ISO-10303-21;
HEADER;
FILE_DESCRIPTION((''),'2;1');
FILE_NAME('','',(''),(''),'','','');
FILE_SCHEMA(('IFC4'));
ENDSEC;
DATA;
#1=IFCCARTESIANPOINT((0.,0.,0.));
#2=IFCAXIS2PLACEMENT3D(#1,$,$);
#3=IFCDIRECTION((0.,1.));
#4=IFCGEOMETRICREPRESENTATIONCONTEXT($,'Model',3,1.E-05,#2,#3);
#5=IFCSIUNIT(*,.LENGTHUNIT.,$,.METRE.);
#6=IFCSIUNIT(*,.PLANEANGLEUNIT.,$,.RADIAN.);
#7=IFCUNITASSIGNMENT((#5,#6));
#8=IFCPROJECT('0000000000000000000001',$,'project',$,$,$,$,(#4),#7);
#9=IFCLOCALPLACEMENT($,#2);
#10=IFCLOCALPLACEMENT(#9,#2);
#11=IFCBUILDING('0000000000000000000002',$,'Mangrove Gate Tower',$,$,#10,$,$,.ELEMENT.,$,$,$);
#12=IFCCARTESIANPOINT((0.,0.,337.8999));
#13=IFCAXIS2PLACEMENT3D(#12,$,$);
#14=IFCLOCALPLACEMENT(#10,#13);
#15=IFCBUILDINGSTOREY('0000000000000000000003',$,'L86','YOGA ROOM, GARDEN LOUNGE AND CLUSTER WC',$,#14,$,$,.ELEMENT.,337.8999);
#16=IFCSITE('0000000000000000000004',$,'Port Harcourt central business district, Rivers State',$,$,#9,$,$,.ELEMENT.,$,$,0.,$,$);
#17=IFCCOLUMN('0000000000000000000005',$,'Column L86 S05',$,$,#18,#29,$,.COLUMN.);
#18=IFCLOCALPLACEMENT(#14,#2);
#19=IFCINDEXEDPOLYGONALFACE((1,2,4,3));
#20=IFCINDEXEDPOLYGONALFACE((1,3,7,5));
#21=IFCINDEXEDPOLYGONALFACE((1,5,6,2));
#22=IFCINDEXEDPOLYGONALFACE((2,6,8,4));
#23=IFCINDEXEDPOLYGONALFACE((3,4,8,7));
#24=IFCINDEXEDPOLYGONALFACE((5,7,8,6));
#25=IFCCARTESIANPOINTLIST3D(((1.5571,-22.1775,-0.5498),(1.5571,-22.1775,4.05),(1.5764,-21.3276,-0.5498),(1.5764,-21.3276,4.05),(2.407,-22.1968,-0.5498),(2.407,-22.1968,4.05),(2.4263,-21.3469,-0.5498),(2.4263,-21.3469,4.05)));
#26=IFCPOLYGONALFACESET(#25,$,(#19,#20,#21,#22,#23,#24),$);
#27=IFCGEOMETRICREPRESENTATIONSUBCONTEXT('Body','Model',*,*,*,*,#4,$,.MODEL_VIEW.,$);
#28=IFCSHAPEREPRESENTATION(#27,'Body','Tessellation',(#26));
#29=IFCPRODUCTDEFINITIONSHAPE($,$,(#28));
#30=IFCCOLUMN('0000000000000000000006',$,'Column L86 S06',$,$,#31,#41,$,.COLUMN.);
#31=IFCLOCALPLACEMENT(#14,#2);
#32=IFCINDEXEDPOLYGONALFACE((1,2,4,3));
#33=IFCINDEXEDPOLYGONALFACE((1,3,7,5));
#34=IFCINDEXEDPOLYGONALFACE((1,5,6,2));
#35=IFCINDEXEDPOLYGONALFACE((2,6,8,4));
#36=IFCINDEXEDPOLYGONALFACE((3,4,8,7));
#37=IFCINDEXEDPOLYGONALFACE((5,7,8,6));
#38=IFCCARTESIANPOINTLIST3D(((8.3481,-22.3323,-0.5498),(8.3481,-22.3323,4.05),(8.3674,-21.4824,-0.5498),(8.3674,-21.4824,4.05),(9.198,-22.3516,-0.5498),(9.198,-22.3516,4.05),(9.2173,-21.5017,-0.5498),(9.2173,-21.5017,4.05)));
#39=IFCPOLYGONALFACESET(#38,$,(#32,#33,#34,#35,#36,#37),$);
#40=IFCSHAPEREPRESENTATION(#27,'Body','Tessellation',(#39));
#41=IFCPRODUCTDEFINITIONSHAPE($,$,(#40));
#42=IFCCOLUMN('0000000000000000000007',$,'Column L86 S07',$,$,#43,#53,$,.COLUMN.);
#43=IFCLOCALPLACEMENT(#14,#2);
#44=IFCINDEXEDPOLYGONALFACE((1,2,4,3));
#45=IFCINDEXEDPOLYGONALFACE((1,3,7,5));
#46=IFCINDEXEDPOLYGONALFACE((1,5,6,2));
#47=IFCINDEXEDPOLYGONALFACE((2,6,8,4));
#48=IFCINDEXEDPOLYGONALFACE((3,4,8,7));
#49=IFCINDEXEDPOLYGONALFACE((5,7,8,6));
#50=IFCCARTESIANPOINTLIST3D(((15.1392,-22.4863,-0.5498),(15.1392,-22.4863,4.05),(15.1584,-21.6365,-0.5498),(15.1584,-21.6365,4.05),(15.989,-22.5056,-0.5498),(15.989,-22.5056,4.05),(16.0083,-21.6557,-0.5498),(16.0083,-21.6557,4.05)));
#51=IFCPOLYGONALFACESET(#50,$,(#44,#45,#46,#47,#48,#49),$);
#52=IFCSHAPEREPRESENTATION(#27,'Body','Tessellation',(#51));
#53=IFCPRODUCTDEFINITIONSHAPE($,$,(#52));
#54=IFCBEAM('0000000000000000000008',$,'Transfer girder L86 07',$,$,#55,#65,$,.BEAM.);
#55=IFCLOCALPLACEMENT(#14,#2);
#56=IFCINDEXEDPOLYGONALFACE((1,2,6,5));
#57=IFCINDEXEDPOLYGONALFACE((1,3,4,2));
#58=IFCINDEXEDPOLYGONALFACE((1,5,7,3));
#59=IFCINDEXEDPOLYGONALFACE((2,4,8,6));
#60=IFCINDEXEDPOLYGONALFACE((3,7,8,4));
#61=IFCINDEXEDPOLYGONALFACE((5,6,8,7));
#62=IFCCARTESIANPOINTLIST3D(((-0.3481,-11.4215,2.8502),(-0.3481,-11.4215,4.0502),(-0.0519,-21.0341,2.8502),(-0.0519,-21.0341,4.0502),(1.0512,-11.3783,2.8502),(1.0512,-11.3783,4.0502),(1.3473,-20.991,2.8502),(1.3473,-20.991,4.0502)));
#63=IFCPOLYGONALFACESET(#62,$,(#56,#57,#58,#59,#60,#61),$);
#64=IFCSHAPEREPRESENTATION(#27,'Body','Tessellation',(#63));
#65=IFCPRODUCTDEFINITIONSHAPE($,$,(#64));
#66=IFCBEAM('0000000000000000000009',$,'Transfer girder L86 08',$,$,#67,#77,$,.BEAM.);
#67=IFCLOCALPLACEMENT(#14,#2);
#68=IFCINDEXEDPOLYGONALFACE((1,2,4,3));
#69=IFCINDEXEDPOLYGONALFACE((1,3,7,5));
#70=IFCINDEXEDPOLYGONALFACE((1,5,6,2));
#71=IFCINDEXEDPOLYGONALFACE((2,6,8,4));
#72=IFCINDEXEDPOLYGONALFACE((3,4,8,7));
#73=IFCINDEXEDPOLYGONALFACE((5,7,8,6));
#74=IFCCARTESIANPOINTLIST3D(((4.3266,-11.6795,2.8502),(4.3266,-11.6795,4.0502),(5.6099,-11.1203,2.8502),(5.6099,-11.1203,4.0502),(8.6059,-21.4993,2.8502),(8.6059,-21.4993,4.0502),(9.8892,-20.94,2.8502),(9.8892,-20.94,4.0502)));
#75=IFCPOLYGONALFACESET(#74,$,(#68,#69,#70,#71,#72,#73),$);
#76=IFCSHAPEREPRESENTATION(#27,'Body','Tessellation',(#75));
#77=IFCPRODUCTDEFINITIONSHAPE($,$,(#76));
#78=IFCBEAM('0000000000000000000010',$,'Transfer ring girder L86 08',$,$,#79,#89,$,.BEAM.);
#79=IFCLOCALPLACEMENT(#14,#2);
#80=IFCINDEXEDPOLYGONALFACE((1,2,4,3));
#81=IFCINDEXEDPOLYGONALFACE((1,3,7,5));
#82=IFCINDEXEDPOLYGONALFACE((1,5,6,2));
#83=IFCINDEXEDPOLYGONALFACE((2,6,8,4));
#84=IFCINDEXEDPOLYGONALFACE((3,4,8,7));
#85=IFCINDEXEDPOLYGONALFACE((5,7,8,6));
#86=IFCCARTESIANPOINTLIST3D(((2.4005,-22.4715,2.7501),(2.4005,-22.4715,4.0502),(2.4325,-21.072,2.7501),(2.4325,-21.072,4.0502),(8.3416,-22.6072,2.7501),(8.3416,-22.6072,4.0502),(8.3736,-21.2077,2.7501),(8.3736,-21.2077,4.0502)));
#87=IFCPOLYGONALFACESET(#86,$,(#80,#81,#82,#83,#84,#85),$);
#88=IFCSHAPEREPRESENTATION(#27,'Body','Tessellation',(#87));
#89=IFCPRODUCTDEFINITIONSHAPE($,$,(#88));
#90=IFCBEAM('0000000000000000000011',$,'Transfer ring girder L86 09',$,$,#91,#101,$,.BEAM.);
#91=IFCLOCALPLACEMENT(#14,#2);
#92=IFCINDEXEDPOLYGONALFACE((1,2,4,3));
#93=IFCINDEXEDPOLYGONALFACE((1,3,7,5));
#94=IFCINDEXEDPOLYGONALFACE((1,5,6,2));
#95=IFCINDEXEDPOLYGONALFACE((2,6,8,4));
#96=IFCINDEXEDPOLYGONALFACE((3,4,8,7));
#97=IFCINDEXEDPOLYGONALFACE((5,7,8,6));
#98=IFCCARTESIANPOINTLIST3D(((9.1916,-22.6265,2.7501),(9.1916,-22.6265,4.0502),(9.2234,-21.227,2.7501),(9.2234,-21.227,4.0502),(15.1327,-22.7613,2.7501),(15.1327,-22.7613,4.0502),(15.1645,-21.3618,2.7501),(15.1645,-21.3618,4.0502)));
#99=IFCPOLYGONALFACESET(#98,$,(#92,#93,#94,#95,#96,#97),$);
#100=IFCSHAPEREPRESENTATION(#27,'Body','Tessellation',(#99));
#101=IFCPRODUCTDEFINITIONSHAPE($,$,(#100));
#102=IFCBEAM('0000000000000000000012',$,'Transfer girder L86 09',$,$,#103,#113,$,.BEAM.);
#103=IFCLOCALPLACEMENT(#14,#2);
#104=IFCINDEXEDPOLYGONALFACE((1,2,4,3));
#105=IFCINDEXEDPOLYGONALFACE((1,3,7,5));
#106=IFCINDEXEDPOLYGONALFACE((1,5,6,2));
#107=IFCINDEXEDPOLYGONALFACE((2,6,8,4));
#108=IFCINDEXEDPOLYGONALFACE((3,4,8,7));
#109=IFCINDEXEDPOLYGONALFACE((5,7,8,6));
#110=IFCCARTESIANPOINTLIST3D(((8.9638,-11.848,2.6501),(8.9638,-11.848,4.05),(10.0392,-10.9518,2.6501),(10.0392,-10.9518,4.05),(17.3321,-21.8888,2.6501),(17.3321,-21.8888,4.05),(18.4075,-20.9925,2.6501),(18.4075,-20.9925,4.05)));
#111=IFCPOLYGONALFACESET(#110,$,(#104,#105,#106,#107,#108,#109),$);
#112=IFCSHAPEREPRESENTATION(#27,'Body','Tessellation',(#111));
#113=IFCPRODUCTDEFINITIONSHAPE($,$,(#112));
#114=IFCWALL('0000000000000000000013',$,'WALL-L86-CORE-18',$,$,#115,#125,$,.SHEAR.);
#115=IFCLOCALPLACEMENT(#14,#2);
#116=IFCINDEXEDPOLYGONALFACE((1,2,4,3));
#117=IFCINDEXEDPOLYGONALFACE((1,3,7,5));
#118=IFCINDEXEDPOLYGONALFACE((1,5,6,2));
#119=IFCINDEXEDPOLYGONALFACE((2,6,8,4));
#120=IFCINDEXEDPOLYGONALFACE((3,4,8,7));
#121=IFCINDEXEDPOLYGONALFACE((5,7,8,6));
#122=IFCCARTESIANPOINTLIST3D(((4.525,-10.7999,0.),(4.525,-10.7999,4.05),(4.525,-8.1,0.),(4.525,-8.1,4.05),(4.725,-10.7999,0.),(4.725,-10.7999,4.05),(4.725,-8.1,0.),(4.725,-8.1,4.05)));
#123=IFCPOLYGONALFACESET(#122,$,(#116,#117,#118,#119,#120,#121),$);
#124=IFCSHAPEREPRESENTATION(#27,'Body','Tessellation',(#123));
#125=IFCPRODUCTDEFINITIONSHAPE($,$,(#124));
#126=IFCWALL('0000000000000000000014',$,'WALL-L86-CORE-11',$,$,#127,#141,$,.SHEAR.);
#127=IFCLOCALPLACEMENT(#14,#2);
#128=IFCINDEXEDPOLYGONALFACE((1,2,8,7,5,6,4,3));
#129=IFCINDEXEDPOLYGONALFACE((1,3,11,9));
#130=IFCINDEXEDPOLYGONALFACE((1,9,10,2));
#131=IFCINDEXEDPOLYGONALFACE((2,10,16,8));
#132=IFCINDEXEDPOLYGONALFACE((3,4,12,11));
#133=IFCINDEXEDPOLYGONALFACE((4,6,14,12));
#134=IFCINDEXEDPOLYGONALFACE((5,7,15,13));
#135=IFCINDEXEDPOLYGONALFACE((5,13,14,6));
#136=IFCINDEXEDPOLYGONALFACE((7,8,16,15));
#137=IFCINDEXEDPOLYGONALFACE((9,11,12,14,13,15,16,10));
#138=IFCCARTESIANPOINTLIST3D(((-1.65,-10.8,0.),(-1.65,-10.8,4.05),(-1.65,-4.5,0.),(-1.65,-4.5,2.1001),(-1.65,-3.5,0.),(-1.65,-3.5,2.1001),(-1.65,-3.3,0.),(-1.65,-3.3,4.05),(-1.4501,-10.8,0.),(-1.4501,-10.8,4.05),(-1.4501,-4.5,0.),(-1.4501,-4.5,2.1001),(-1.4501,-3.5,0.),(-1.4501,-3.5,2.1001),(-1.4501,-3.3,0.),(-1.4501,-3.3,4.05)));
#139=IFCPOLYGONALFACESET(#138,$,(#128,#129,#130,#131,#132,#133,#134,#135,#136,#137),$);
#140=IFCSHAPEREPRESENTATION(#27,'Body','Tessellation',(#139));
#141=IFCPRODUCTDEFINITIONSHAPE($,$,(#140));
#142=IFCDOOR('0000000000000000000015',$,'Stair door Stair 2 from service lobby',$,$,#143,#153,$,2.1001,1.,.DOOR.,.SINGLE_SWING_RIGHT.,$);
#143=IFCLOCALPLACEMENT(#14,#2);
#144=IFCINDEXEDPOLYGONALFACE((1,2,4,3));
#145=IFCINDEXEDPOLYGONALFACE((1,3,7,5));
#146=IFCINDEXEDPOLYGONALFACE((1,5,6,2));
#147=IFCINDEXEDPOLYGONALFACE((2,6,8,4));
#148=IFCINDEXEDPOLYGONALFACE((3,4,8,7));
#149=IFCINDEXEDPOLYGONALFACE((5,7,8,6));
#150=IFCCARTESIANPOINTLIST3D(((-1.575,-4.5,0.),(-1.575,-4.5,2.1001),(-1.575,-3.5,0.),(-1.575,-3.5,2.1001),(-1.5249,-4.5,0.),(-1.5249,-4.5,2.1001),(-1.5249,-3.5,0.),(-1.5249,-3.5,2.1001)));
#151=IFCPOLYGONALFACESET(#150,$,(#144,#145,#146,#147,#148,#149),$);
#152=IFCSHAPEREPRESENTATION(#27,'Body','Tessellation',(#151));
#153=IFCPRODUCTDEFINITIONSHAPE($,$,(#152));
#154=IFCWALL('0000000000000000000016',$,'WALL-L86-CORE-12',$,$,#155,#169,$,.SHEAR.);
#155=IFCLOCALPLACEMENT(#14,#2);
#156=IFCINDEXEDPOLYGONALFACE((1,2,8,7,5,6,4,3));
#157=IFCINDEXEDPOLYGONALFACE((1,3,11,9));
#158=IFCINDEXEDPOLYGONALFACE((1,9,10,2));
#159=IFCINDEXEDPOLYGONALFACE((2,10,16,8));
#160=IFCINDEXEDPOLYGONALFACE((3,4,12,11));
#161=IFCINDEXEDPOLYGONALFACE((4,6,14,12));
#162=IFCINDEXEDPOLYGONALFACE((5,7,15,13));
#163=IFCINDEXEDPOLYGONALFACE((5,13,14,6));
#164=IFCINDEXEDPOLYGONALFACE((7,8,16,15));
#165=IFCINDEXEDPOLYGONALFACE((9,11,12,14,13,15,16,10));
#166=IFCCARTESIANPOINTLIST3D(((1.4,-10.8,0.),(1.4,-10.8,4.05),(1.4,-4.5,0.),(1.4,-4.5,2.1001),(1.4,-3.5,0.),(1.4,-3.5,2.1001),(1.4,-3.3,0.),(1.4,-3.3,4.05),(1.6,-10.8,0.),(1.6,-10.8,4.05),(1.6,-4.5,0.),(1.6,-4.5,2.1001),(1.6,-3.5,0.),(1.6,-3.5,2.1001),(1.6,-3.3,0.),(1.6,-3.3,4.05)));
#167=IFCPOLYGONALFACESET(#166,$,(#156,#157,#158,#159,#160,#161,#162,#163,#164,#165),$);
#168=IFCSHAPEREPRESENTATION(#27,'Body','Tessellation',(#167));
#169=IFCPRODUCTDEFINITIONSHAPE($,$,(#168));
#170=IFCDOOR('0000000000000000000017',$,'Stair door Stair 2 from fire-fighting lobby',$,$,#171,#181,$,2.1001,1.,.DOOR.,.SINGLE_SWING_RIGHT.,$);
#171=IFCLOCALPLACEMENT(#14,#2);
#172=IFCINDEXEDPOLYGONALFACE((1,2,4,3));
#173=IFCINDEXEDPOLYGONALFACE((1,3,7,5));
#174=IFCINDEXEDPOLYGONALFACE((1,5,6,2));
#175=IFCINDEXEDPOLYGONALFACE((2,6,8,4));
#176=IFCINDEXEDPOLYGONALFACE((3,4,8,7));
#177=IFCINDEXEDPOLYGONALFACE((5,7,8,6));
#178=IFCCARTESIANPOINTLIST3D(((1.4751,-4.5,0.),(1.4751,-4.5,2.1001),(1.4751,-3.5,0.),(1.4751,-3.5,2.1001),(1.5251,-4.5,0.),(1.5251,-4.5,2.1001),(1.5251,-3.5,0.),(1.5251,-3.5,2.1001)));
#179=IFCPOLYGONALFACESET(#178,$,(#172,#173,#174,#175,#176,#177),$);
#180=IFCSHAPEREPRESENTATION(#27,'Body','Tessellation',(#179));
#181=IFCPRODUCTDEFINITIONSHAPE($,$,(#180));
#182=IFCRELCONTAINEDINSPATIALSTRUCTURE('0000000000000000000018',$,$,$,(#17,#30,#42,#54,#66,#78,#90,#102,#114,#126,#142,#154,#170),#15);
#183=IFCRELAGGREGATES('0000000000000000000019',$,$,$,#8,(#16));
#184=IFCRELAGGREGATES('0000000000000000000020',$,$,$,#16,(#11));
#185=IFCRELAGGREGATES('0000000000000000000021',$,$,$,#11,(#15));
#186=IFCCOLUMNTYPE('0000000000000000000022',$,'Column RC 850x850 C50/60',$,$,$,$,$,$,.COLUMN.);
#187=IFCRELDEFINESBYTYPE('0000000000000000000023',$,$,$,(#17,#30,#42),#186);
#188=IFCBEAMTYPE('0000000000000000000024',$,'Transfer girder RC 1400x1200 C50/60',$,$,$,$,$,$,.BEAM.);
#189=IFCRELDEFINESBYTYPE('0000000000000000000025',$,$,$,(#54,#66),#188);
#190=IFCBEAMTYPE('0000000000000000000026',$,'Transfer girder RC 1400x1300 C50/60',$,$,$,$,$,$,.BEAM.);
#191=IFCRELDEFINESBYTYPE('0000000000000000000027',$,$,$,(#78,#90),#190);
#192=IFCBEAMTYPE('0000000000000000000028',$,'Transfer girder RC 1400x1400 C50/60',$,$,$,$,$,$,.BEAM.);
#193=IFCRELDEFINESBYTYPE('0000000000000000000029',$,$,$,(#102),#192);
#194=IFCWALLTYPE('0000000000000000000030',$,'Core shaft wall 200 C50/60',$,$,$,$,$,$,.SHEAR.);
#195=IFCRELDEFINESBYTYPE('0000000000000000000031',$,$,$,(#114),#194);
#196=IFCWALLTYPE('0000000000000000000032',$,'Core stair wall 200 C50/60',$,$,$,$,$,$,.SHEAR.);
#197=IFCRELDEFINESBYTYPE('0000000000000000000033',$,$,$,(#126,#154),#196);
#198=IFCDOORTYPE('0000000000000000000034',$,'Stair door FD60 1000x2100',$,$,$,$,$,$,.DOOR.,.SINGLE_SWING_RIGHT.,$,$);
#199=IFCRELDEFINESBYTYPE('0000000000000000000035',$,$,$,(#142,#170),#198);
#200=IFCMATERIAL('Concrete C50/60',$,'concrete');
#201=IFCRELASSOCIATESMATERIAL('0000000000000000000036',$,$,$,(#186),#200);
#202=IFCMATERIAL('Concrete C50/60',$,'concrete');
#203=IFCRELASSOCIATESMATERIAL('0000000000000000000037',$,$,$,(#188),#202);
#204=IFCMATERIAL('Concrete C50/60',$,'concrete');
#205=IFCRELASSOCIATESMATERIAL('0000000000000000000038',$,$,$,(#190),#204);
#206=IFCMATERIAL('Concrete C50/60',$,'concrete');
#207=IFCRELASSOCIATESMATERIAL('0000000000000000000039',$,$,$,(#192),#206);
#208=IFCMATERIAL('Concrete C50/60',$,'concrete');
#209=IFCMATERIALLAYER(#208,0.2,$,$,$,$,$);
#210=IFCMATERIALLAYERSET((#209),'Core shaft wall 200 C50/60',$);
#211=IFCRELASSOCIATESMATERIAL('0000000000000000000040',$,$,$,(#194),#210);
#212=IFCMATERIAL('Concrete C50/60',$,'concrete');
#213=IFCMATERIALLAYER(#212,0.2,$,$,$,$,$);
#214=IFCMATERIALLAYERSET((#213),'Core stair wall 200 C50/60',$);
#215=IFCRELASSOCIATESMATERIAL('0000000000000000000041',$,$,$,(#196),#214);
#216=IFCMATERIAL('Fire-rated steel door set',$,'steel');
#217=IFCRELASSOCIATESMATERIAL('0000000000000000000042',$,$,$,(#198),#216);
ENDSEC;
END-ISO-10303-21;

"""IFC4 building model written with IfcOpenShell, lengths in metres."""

from ifc_helpers import new_model, si_unit, direction, frame, frame_2d, origin, origin_2d, place, context, subcontext, project, spatial, rectangle, extrude, material, layer, layer_set, material_profile, profile_set, type_object, element, fill, save


model = new_model("IFC4")

# Units and contexts
model_context = context("Model", 3, precision=1e-05, world=origin(), true_north=direction((0.0, 1.0)))
body_context = subcontext(model_context, "Body", "Model", "MODEL_VIEW")
ifc_project = project(units=[si_unit("LENGTHUNIT", "METRE"), si_unit("PLANEANGLEUNIT", "RADIAN")], contexts=[model_context])

# Site, building, storey
site_placement = place(None, origin())
site = spatial("IfcSite", under=ifc_project, at=site_placement, Name="Port Harcourt central business district, Rivers State", CompositionType="ELEMENT", RefElevation=0.0)
building_placement = place(site_placement, origin())
building = spatial("IfcBuilding", under=site, at=building_placement, Name="Mangrove Gate Tower", CompositionType="ELEMENT")
storey_placement = place(building_placement, frame((0.0, 0.0, 337.8999)))
storey = spatial("IfcBuildingStorey", under=building, at=storey_placement, Name="L86", Description="YOGA ROOM, GARDEN LOUNGE AND CLUSTER WC", CompositionType="ELEMENT", Elevation=337.8999)

# Columns
ifc_material_1 = material(Name="Concrete C50/60", Category="concrete")
ifc_material_profile_1 = material_profile(ifc_material_1, rectangle(XDim=0.8501, YDim=0.8501, at=origin_2d()))
ifc_profile_set_1 = profile_set([ifc_material_profile_1], Name="Concrete C50/60")
column_type = type_object("IfcColumnType", Name="Column RC 850x850 C50/60", PredefinedType="COLUMN", material=ifc_profile_set_1)
for number, where, z_axis, x_axis, name in (
    (1, (1.9917, -21.7622, -0.5498), (0.0, 0.0, 1.0), (0.999741, -0.022743, 0.0), "Column L86 S05"),
    (2, (8.7827, -21.917, -0.5498), (0.0, 0.0, 1.0), (0.999741, -0.022745, 0.0), "Column L86 S06"),
    (3, (15.5737, -22.071, -0.5498), (0.0, 0.0, 1.0), (0.999743, -0.022671, 0.0), "Column L86 S07"),
):
    element("IfcColumn", number, at=place(storey_placement, frame(where, z_axis=z_axis, x_axis=x_axis)), inside=storey, type_object=column_type, Name=name, PredefinedType="COLUMN", context=body_context, shape_type="SweptSolid", body=[
        extrude(rectangle(XDim=0.8501, YDim=0.8501, at=origin_2d()), origin(), (0.0, 0.0, 1.0), 4.5999),
    ])

# Beams
ifc_material_2 = material(Name="Concrete C50/60", Category="concrete")
ifc_material_profile_2 = material_profile(ifc_material_2, rectangle(XDim=1.3999, YDim=1.2, at=origin_2d()))
ifc_profile_set_2 = profile_set([ifc_material_profile_2], Name="Concrete C50/60")
beam_type_1 = type_object("IfcBeamType", Name="Transfer girder RC 1400x1200 C50/60", PredefinedType="BEAM", material=ifc_profile_set_2)
beam_1_placement = place(storey_placement, frame((0.3516, -11.3999, 3.4502), z_axis=(0.030793, -0.999526, 0.0), x_axis=(0.999526, 0.030793, 0.0)))
element("IfcBeam", 4, at=beam_1_placement, inside=storey, type_object=beam_type_1, Name="Transfer girder L86 07", PredefinedType="BEAM", context=body_context, shape_type="SweptSolid", body=[
    extrude(rectangle(XDim=1.3999, YDim=1.2, at=origin_2d()), origin(), (0.0, 0.0, 1.0), 9.6172),
])
beam_2_placement = place(storey_placement, frame((4.9683, -11.3999, 3.4502), z_axis=(0.399496, -0.916735, 0.0), x_axis=(0.916735, 0.399496, 0.0)))
element("IfcBeam", 5, at=beam_2_placement, inside=storey, type_object=beam_type_1, Name="Transfer girder L86 08", PredefinedType="BEAM", context=body_context, shape_type="SweptSolid", body=[
    extrude(rectangle(XDim=1.3999, YDim=1.2, at=origin_2d()), origin(), (0.0, 0.0, 1.0), 10.7117),
])
ifc_material_3 = material(Name="Concrete C50/60", Category="concrete")
ifc_material_profile_3 = material_profile(ifc_material_3, rectangle(XDim=1.3999, YDim=1.3, at=origin_2d()))
ifc_profile_set_3 = profile_set([ifc_material_profile_3], Name="Concrete C50/60")
beam_type_2 = type_object("IfcBeamType", Name="Transfer girder RC 1400x1300 C50/60", PredefinedType="BEAM", material=ifc_profile_set_3)
for number, where, z_axis, x_axis, name in (
    (6, (2.4165, -21.7717, 3.4001), (0.999739, -0.022842, 0.0), (0.022842, 0.999739, 0.0), "Transfer ring girder L86 08"),
    (7, (9.2075, -21.9268, 3.4001), (0.999743, -0.022678, 0.0), (0.022678, 0.999743, 0.0), "Transfer ring girder L86 09"),
):
    element("IfcBeam", number, at=place(storey_placement, frame(where, z_axis=z_axis, x_axis=x_axis)), inside=storey, type_object=beam_type_2, Name=name, PredefinedType="BEAM", context=body_context, shape_type="SweptSolid", body=[
        extrude(rectangle(XDim=1.3999, YDim=1.3, at=origin_2d()), origin(), (0.0, 0.0, 1.0), 5.9426),
    ])
ifc_material_4 = material(Name="Concrete C50/60", Category="concrete")
ifc_material_profile_4 = material_profile(ifc_material_4, rectangle(XDim=1.3999, YDim=1.3999, at=origin_2d()))
ifc_profile_set_4 = profile_set([ifc_material_profile_4], Name="Concrete C50/60")
beam_type_3 = type_object("IfcBeamType", Name="Transfer girder RC 1400x1400 C50/60", PredefinedType="BEAM", material=ifc_profile_set_4)
beam_3_placement = place(storey_placement, frame((9.5015, -11.3999, 3.3501), z_axis=(0.640234, -0.76818, 0.0), x_axis=(0.76818, 0.640234, 0.0)))
element("IfcBeam", 8, at=beam_3_placement, inside=storey, type_object=beam_type_3, Name="Transfer girder L86 09", PredefinedType="BEAM", context=body_context, shape_type="SweptSolid", body=[
    extrude(rectangle(XDim=1.3999, YDim=1.3999, at=origin_2d()), origin(), (0.0, 0.0, 1.0), 13.0708),
])

# Wall
ifc_material_5 = material(Name="Concrete C50/60", Category="concrete")
ifc_layer_1 = layer(ifc_material_5, 0.2)
ifc_layer_set_1 = layer_set([ifc_layer_1], Name="Core shaft wall 200 C50/60")
wall_type_1 = type_object("IfcWallType", Name="Core shaft wall 200 C50/60", PredefinedType="SHEAR", material=ifc_layer_set_1)
wall_1_placement = place(storey_placement, frame((4.625, -10.8, 0.0), z_axis=(0.0, 0.0, 1.0), x_axis=(0.0, 1.0, 0.0)))
element("IfcWall", 9, at=wall_1_placement, inside=storey, type_object=wall_type_1, Name="WALL-L86-CORE-18", PredefinedType="SHEAR", context=body_context, shape_type="SweptSolid", body=[
    extrude(rectangle(XDim=2.7, YDim=0.2, at=frame_2d((1.3501, 0.0))), origin(), (0.0, 0.0, 1.0), 4.05),
])

# Walls, openings, doors
ifc_material_6 = material(Name="Concrete C50/60", Category="concrete")
ifc_layer_2 = layer(ifc_material_6, 0.2)
ifc_layer_set_2 = layer_set([ifc_layer_2], Name="Core stair wall 200 C50/60")
wall_type_2 = type_object("IfcWallType", Name="Core stair wall 200 C50/60", PredefinedType="SHEAR", material=ifc_layer_set_2)
wall_2_placement = place(storey_placement, frame((-1.55, -10.8, 0.0), z_axis=(0.0, 0.0, 1.0), x_axis=(0.0, 1.0, 0.0)))
wall_2 = element("IfcWall", 10, at=wall_2_placement, inside=storey, type_object=wall_type_2, Name="WALL-L86-CORE-11", PredefinedType="SHEAR", context=body_context, shape_type="SweptSolid", body=[
    extrude(rectangle(XDim=7.5, YDim=0.2, at=frame_2d((3.75, 0.0))), origin(), (0.0, 0.0, 1.0), 4.05),
])
opening_1_placement = place(wall_2_placement, frame((6.3, 0.0, 0.0)))
opening_1 = element("IfcOpeningElement", 11, at=opening_1_placement, cuts=wall_2, PredefinedType="OPENING", context=body_context, shape_type="SweptSolid", body=[
    extrude(rectangle(XDim=1.0, YDim=2.1001, at=frame_2d((0.5, 1.05))), frame((0.0, 0.1099, 0.0), z_axis=(0.0, -1.0, 0.0), x_axis=(1.0, 0.0, 0.0)), (0.0, 0.0, 1.0), 0.22),
])
ifc_material_7 = material(Name="Fire-rated steel door set", Category="steel")
door_type = type_object("IfcDoorType", Name="Stair door FD60 1000x2100", OperationType="SINGLE_SWING_RIGHT", PredefinedType="DOOR", material=ifc_material_7)
door_1_placement = place(opening_1_placement, origin())
door_1 = element("IfcDoor", 12, at=door_1_placement, inside=storey, type_object=door_type, Name="Stair door Stair 2 from service lobby", OperationType="SINGLE_SWING_RIGHT", OverallHeight=2.1001, OverallWidth=1.0, PredefinedType="DOOR", context=body_context, shape_type="SweptSolid", body=[
    extrude(rectangle(XDim=1.0, YDim=2.1001, at=frame_2d((0.5, 1.05))), frame((0.0, 0.0249, 0.0), z_axis=(0.0, -1.0, 0.0), x_axis=(1.0, 0.0, 0.0)), (0.0, 0.0, 1.0), 0.05),
])
fill(opening_1, door_1)
wall_3_placement = place(storey_placement, frame((1.5, -10.8, 0.0), z_axis=(0.0, 0.0, 1.0), x_axis=(0.0, 1.0, 0.0)))
wall_3 = element("IfcWall", 13, at=wall_3_placement, inside=storey, type_object=wall_type_2, Name="WALL-L86-CORE-12", PredefinedType="SHEAR", context=body_context, shape_type="SweptSolid", body=[
    extrude(rectangle(XDim=7.5, YDim=0.2, at=frame_2d((3.75, 0.0))), origin(), (0.0, 0.0, 1.0), 4.05),
])
opening_2_placement = place(wall_3_placement, frame((6.3, 0.0, 0.0)))
opening_2 = element("IfcOpeningElement", 14, at=opening_2_placement, cuts=wall_3, PredefinedType="OPENING", context=body_context, shape_type="SweptSolid", body=[
    extrude(rectangle(XDim=1.0, YDim=2.1001, at=frame_2d((0.5, 1.05))), frame((0.0, 0.1099, 0.0), z_axis=(0.0, -1.0, 0.0), x_axis=(1.0, 0.0, 0.0)), (0.0, 0.0, 1.0), 0.22),
])
door_2_placement = place(opening_2_placement, origin())
door_2 = element("IfcDoor", 15, at=door_2_placement, inside=storey, type_object=door_type, Name="Stair door Stair 2 from fire-fighting lobby", OperationType="SINGLE_SWING_RIGHT", OverallHeight=2.1001, OverallWidth=1.0, PredefinedType="DOOR", context=body_context, shape_type="SweptSolid", body=[
    extrude(rectangle(XDim=1.0, YDim=2.1001, at=frame_2d((0.5, 1.05))), frame((0.0, 0.0249, 0.0), z_axis=(0.0, -1.0, 0.0), x_axis=(1.0, 0.0, 0.0)), (0.0, 0.0, 1.0), 0.05),
])
fill(opening_2, door_2)

save(model, "model.ifc")
